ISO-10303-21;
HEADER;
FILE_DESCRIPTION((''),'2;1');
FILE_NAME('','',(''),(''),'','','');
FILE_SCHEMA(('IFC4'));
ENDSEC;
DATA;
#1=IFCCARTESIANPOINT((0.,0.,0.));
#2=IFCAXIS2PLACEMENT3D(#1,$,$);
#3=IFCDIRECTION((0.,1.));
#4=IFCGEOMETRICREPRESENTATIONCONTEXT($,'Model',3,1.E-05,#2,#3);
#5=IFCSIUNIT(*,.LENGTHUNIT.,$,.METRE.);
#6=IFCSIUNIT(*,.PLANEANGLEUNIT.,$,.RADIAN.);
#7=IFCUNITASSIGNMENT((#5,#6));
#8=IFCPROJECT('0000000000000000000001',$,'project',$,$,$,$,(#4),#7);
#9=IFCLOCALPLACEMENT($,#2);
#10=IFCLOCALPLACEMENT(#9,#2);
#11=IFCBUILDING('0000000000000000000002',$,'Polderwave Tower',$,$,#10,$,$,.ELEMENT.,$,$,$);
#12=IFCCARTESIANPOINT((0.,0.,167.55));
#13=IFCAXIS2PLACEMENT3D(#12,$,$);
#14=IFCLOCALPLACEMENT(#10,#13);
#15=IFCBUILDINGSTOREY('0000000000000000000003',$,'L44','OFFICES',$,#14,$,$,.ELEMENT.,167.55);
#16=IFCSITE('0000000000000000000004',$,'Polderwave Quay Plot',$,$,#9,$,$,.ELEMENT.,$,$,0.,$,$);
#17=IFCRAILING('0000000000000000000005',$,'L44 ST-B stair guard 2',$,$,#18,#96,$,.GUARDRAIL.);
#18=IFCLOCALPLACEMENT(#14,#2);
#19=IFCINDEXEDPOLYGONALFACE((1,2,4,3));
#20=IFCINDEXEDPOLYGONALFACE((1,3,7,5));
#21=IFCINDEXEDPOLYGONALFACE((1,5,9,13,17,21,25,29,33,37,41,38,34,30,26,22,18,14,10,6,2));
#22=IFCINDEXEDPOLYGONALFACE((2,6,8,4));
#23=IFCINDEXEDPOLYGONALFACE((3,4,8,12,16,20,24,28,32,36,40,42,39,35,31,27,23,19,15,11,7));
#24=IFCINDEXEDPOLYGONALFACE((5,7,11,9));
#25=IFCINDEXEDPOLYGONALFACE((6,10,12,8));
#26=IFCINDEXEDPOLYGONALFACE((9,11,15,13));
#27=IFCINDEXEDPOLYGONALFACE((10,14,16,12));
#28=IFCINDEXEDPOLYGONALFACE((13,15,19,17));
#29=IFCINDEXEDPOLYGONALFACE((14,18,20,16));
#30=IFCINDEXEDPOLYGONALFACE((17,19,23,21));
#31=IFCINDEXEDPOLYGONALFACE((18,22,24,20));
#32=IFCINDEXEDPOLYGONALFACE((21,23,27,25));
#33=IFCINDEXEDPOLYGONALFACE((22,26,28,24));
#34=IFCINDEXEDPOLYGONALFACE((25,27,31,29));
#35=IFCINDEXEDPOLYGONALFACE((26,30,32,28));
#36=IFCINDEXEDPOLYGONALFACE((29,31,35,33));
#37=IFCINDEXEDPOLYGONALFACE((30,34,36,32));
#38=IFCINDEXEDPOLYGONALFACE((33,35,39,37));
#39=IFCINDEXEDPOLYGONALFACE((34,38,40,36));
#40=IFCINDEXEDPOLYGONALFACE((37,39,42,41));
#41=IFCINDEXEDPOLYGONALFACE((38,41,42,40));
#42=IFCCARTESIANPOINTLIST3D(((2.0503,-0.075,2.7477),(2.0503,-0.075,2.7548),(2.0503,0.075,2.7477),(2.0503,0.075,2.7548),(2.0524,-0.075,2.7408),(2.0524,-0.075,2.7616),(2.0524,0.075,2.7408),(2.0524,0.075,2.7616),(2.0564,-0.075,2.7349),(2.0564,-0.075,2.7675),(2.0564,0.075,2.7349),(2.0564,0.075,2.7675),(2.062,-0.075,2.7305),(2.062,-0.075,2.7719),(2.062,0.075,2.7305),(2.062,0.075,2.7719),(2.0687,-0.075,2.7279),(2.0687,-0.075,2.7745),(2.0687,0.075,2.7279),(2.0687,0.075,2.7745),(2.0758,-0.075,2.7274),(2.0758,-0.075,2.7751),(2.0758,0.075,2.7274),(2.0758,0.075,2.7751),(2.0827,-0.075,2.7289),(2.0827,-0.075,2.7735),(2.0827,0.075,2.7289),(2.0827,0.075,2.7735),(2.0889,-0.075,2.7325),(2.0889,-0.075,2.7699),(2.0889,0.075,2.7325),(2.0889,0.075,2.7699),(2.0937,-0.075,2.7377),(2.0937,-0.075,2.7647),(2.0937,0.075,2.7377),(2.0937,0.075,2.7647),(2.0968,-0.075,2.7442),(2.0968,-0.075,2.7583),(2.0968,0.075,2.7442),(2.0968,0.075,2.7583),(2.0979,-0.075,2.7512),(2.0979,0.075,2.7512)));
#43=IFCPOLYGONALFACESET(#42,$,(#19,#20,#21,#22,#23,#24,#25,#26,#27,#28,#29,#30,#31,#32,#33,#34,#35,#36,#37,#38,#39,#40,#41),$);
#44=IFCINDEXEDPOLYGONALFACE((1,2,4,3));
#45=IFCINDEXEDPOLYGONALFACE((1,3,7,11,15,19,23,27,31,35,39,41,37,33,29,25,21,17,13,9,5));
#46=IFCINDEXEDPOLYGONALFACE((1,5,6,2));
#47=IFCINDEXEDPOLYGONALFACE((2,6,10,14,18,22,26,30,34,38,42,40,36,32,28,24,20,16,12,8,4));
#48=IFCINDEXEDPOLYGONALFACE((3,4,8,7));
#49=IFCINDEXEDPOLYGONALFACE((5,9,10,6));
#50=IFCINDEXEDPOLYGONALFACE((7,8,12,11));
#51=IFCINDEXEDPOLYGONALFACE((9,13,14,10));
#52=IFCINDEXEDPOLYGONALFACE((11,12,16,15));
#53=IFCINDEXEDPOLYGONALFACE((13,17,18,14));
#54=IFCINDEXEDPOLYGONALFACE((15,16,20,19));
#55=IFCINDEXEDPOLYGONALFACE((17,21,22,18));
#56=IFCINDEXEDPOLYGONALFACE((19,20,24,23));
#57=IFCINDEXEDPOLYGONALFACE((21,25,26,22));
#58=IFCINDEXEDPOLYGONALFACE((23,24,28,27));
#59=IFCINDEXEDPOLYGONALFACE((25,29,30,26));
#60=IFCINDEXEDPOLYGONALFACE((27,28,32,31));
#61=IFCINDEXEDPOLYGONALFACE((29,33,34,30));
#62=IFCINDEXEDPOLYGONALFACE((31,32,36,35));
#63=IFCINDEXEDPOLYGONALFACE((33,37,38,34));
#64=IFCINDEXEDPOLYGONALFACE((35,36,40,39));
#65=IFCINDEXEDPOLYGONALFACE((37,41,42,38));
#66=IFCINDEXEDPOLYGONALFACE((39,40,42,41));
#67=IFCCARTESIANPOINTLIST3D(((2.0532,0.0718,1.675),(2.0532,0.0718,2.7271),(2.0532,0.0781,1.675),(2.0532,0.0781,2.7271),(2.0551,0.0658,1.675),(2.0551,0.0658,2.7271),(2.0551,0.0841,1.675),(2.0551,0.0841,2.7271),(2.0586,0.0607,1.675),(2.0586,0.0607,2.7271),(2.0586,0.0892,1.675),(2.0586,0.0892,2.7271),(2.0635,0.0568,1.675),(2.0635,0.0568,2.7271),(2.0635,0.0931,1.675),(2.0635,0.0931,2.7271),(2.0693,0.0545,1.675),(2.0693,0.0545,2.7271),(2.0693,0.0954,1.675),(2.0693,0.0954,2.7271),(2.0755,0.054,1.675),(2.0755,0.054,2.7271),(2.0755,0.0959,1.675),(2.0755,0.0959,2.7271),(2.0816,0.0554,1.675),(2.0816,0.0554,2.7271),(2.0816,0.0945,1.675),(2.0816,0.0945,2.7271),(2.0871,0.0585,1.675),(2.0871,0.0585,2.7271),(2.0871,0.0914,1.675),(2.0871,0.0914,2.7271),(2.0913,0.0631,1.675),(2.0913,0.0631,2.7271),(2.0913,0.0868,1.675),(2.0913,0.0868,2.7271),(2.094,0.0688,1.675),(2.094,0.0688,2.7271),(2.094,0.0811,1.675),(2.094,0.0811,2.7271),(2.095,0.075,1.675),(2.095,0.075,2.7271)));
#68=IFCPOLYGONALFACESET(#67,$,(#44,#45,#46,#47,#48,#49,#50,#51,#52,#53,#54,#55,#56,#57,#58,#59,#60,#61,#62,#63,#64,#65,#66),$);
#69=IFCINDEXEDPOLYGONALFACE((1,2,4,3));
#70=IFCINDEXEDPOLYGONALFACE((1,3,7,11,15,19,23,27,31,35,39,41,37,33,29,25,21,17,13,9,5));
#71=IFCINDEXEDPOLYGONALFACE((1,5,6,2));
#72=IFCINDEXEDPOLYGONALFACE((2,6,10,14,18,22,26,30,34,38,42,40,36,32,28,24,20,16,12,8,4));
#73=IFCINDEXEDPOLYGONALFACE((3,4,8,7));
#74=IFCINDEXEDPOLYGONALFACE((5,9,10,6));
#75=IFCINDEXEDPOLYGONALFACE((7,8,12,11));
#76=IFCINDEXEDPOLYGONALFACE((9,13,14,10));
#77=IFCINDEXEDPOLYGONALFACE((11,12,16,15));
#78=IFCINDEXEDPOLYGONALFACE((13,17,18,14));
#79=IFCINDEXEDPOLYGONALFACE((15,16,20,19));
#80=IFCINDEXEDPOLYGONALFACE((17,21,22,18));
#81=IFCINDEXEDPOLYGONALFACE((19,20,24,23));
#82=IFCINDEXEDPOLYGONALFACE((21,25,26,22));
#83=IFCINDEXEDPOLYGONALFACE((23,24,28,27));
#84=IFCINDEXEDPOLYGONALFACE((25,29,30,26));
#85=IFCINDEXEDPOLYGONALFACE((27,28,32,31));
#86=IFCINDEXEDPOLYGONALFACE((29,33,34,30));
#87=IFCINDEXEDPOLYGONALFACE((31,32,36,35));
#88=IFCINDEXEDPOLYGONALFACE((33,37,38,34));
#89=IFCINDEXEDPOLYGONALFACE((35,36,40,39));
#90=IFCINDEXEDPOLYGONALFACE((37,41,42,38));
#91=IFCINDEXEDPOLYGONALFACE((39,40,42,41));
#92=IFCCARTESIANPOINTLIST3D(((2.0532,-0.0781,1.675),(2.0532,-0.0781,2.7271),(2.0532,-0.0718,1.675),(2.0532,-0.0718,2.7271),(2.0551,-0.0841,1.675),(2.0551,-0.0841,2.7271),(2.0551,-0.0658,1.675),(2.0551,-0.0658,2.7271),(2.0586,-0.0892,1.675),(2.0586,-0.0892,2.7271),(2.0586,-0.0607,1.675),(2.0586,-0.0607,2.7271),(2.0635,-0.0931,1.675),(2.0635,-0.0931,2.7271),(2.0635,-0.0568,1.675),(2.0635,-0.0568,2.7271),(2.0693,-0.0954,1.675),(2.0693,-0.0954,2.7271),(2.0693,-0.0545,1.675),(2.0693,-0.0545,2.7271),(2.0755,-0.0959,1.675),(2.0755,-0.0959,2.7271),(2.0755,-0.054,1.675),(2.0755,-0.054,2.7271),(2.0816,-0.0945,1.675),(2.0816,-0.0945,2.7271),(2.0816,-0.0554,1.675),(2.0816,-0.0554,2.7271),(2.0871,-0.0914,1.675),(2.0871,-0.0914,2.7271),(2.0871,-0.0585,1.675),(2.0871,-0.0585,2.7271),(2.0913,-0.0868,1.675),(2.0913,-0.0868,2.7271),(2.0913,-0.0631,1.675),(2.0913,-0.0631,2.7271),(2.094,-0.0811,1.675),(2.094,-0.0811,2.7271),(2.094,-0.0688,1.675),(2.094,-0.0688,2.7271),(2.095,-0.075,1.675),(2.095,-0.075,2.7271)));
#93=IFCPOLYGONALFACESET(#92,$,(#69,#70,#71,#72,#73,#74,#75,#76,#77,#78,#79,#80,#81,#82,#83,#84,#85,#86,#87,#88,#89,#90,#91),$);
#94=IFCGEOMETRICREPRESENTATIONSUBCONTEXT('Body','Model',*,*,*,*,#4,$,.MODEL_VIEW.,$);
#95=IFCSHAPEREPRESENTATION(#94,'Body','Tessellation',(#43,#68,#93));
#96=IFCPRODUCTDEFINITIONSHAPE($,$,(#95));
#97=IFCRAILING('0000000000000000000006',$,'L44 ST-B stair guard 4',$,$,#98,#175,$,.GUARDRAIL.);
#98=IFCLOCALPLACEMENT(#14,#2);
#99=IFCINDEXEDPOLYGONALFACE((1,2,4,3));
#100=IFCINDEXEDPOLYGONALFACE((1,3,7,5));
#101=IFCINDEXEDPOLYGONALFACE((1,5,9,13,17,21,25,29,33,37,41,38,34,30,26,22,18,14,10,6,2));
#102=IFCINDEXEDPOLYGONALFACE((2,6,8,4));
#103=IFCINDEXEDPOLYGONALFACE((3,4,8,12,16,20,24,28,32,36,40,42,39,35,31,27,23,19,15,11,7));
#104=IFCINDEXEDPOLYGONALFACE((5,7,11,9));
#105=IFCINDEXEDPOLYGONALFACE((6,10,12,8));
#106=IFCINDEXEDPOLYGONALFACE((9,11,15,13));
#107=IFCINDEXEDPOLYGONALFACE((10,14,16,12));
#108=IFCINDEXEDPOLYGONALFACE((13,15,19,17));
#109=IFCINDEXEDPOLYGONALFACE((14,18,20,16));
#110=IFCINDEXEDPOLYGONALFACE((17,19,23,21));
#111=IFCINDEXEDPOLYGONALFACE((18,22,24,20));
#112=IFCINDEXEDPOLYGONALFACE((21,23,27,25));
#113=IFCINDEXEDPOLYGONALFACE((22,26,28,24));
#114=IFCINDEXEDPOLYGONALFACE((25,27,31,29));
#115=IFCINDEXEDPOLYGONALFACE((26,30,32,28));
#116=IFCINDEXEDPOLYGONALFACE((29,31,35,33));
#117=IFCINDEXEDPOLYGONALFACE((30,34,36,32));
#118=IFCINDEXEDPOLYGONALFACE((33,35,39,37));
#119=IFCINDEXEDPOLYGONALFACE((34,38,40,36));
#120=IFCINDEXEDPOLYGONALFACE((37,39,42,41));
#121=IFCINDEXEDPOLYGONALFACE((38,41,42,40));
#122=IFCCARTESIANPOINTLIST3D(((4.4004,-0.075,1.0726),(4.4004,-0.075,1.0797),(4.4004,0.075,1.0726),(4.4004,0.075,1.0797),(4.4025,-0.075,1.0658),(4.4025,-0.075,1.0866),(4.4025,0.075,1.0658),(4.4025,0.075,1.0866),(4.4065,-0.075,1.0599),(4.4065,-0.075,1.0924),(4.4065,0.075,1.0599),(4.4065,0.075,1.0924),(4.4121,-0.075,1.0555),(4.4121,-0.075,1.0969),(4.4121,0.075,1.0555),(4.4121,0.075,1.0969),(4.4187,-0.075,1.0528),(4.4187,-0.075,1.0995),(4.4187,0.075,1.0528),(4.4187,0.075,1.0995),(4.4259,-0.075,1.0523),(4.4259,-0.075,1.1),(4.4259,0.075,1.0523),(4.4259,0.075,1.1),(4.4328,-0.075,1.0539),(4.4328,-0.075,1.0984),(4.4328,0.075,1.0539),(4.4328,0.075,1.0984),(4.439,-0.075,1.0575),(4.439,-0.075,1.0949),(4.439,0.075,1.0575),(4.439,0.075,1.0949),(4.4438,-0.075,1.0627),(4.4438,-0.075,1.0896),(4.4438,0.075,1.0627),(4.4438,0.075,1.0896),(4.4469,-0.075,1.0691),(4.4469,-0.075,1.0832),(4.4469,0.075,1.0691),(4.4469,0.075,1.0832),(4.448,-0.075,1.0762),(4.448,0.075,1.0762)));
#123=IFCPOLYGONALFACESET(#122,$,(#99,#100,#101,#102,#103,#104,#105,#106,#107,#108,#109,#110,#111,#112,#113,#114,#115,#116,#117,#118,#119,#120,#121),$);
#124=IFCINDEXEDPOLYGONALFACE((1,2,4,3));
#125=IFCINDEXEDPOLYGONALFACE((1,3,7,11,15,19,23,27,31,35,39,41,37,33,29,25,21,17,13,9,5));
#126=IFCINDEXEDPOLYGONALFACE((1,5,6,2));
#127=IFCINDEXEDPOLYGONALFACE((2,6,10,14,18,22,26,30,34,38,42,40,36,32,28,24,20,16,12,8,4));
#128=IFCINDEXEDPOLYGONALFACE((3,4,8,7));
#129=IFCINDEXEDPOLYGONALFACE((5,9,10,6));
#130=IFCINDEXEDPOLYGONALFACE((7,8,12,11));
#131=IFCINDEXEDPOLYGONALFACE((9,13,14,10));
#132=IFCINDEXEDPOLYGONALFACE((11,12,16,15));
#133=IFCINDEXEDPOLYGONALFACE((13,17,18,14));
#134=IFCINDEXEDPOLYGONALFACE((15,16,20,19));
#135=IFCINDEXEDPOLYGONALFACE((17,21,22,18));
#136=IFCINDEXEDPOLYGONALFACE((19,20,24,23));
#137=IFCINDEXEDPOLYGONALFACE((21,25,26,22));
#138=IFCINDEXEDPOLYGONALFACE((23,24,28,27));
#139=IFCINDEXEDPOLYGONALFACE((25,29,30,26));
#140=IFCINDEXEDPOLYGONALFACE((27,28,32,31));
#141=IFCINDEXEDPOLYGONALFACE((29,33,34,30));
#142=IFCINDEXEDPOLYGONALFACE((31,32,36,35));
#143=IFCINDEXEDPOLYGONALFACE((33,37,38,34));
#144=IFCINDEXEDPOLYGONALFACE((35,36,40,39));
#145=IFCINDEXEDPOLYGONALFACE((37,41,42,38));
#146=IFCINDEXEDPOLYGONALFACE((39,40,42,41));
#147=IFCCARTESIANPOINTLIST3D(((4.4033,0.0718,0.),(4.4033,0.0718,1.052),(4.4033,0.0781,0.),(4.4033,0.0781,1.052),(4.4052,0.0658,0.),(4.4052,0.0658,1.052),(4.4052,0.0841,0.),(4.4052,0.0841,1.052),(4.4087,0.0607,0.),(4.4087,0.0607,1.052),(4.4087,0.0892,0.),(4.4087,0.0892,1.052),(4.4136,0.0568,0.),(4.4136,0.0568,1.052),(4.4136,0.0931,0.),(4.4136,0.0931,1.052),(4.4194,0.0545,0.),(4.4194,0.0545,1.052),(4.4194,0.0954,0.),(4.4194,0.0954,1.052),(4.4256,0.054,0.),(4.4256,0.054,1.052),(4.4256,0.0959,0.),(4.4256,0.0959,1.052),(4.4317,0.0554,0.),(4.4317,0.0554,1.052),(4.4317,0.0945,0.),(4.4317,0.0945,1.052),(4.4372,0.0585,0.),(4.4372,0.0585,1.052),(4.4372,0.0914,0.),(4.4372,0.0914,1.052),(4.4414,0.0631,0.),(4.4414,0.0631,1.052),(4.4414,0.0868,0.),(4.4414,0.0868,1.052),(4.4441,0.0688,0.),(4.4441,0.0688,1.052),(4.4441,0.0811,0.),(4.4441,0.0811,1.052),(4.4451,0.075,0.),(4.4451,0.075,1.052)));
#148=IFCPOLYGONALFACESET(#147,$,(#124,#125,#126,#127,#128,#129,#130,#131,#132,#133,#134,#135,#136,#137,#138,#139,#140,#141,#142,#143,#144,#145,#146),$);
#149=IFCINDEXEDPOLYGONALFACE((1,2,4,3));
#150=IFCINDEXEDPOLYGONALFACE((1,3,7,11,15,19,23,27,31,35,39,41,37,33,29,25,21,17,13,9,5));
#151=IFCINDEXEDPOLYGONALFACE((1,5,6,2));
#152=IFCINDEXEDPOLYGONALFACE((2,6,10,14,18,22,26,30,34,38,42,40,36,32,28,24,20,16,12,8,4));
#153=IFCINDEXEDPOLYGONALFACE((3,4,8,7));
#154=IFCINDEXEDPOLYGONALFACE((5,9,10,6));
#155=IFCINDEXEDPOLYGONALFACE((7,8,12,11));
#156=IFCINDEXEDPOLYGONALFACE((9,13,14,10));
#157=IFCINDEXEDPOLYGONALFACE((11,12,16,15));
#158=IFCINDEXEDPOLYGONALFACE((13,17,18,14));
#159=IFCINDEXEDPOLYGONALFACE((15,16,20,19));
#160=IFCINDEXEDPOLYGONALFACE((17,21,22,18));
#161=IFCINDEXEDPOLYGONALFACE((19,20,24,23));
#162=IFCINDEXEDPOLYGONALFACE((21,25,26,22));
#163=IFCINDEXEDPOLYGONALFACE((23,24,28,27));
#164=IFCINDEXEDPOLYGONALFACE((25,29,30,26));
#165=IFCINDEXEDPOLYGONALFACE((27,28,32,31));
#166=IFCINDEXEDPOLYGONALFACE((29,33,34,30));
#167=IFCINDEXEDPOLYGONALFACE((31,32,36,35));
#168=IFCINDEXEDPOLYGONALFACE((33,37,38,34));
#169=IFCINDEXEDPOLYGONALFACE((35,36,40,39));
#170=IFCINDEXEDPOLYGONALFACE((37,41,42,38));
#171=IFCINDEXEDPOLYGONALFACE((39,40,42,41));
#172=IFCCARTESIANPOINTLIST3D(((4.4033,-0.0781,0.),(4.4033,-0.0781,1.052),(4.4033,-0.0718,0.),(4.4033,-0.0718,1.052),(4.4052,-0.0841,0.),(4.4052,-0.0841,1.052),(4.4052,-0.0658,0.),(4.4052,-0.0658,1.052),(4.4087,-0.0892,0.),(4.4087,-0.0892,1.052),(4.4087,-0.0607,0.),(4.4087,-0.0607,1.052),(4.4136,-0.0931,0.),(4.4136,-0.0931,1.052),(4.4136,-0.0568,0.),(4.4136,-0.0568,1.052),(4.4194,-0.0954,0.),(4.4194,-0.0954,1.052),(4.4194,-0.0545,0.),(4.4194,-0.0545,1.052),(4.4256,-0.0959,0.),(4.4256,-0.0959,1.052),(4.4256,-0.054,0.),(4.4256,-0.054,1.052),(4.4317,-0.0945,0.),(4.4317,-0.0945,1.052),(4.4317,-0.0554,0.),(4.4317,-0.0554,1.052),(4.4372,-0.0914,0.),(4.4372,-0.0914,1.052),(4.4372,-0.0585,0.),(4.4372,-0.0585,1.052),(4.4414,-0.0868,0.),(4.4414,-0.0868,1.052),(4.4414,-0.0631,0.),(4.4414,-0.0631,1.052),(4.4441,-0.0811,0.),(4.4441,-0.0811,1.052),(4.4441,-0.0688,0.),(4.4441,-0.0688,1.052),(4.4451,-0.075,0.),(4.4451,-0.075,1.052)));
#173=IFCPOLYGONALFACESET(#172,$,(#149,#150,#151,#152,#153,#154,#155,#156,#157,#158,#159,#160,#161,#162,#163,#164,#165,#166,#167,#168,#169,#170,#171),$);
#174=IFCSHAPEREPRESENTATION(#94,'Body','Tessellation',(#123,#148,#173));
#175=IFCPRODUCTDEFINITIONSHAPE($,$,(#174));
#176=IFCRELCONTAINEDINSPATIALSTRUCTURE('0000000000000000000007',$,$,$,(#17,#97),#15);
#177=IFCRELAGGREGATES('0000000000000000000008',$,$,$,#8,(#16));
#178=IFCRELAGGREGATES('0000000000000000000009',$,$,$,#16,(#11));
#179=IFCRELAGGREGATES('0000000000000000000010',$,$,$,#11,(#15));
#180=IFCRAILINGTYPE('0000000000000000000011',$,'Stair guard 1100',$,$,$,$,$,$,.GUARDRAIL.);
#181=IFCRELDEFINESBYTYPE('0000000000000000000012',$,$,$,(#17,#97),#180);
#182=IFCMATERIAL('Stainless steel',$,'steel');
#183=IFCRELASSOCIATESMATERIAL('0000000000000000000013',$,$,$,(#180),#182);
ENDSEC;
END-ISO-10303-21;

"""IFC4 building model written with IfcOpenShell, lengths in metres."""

from ifc_helpers import new_model, si_unit, direction, frame, origin, origin_2d, place, context, subcontext, project, spatial, circle, extrude, material, type_object, element, save


model = new_model("IFC4")

# Units and contexts
model_context = context("Model", 3, precision=1e-05, world=origin(), true_north=direction((0.0, 1.0)))
body_context = subcontext(model_context, "Body", "Model", "MODEL_VIEW")
ifc_project = project(units=[si_unit("LENGTHUNIT", "METRE"), si_unit("PLANEANGLEUNIT", "RADIAN")], contexts=[model_context])

# Site, building, storey
site_placement = place(None, origin())
site = spatial("IfcSite", under=ifc_project, at=site_placement, Name="Polderwave Quay Plot", CompositionType="ELEMENT", RefElevation=0.0)
building_placement = place(site_placement, origin())
building = spatial("IfcBuilding", under=site, at=building_placement, Name="Polderwave Tower", CompositionType="ELEMENT")
storey_placement = place(building_placement, frame((0.0, 0.0, 167.55)))
storey = spatial("IfcBuildingStorey", under=building, at=storey_placement, Name="L44", Description="OFFICES", CompositionType="ELEMENT", Elevation=167.55)

# Railings
ifc_material_1 = material(Name="Stainless steel", Category="steel")
railing_type_1 = type_object("IfcRailingType", Name="Stair guard 1100", PredefinedType="GUARDRAIL", material=ifc_material_1)
for number, where, name in (
    (1, (2.074, 0.075, 1.675), "L44 ST-B stair guard 2"),
    (2, (4.4241, 0.075, 0.0), "L44 ST-B stair guard 4"),
):
    element("IfcRailing", number, at=place(storey_placement, frame(where)), inside=storey, type_object=railing_type_1, Name=name, PredefinedType="GUARDRAIL", context=body_context, shape_type="SweptSolid", body=[
        extrude(circle(Radius=0.0239, at=origin_2d()), frame((0.0, 0.0, 1.0762), z_axis=(0.0, -1.0, 0.0), x_axis=(1.0, 0.0, 0.0)), (0.0, 0.0, 1.0), 0.1499),
        extrude(circle(Radius=0.021, at=origin_2d()), origin(), (0.0, 0.0, 1.0), 1.052),
        extrude(circle(Radius=0.021, at=origin_2d()), frame((0.0, -0.1499, 0.0)), (0.0, 0.0, 1.0), 1.052),
    ])

save(model, "model.ifc")
